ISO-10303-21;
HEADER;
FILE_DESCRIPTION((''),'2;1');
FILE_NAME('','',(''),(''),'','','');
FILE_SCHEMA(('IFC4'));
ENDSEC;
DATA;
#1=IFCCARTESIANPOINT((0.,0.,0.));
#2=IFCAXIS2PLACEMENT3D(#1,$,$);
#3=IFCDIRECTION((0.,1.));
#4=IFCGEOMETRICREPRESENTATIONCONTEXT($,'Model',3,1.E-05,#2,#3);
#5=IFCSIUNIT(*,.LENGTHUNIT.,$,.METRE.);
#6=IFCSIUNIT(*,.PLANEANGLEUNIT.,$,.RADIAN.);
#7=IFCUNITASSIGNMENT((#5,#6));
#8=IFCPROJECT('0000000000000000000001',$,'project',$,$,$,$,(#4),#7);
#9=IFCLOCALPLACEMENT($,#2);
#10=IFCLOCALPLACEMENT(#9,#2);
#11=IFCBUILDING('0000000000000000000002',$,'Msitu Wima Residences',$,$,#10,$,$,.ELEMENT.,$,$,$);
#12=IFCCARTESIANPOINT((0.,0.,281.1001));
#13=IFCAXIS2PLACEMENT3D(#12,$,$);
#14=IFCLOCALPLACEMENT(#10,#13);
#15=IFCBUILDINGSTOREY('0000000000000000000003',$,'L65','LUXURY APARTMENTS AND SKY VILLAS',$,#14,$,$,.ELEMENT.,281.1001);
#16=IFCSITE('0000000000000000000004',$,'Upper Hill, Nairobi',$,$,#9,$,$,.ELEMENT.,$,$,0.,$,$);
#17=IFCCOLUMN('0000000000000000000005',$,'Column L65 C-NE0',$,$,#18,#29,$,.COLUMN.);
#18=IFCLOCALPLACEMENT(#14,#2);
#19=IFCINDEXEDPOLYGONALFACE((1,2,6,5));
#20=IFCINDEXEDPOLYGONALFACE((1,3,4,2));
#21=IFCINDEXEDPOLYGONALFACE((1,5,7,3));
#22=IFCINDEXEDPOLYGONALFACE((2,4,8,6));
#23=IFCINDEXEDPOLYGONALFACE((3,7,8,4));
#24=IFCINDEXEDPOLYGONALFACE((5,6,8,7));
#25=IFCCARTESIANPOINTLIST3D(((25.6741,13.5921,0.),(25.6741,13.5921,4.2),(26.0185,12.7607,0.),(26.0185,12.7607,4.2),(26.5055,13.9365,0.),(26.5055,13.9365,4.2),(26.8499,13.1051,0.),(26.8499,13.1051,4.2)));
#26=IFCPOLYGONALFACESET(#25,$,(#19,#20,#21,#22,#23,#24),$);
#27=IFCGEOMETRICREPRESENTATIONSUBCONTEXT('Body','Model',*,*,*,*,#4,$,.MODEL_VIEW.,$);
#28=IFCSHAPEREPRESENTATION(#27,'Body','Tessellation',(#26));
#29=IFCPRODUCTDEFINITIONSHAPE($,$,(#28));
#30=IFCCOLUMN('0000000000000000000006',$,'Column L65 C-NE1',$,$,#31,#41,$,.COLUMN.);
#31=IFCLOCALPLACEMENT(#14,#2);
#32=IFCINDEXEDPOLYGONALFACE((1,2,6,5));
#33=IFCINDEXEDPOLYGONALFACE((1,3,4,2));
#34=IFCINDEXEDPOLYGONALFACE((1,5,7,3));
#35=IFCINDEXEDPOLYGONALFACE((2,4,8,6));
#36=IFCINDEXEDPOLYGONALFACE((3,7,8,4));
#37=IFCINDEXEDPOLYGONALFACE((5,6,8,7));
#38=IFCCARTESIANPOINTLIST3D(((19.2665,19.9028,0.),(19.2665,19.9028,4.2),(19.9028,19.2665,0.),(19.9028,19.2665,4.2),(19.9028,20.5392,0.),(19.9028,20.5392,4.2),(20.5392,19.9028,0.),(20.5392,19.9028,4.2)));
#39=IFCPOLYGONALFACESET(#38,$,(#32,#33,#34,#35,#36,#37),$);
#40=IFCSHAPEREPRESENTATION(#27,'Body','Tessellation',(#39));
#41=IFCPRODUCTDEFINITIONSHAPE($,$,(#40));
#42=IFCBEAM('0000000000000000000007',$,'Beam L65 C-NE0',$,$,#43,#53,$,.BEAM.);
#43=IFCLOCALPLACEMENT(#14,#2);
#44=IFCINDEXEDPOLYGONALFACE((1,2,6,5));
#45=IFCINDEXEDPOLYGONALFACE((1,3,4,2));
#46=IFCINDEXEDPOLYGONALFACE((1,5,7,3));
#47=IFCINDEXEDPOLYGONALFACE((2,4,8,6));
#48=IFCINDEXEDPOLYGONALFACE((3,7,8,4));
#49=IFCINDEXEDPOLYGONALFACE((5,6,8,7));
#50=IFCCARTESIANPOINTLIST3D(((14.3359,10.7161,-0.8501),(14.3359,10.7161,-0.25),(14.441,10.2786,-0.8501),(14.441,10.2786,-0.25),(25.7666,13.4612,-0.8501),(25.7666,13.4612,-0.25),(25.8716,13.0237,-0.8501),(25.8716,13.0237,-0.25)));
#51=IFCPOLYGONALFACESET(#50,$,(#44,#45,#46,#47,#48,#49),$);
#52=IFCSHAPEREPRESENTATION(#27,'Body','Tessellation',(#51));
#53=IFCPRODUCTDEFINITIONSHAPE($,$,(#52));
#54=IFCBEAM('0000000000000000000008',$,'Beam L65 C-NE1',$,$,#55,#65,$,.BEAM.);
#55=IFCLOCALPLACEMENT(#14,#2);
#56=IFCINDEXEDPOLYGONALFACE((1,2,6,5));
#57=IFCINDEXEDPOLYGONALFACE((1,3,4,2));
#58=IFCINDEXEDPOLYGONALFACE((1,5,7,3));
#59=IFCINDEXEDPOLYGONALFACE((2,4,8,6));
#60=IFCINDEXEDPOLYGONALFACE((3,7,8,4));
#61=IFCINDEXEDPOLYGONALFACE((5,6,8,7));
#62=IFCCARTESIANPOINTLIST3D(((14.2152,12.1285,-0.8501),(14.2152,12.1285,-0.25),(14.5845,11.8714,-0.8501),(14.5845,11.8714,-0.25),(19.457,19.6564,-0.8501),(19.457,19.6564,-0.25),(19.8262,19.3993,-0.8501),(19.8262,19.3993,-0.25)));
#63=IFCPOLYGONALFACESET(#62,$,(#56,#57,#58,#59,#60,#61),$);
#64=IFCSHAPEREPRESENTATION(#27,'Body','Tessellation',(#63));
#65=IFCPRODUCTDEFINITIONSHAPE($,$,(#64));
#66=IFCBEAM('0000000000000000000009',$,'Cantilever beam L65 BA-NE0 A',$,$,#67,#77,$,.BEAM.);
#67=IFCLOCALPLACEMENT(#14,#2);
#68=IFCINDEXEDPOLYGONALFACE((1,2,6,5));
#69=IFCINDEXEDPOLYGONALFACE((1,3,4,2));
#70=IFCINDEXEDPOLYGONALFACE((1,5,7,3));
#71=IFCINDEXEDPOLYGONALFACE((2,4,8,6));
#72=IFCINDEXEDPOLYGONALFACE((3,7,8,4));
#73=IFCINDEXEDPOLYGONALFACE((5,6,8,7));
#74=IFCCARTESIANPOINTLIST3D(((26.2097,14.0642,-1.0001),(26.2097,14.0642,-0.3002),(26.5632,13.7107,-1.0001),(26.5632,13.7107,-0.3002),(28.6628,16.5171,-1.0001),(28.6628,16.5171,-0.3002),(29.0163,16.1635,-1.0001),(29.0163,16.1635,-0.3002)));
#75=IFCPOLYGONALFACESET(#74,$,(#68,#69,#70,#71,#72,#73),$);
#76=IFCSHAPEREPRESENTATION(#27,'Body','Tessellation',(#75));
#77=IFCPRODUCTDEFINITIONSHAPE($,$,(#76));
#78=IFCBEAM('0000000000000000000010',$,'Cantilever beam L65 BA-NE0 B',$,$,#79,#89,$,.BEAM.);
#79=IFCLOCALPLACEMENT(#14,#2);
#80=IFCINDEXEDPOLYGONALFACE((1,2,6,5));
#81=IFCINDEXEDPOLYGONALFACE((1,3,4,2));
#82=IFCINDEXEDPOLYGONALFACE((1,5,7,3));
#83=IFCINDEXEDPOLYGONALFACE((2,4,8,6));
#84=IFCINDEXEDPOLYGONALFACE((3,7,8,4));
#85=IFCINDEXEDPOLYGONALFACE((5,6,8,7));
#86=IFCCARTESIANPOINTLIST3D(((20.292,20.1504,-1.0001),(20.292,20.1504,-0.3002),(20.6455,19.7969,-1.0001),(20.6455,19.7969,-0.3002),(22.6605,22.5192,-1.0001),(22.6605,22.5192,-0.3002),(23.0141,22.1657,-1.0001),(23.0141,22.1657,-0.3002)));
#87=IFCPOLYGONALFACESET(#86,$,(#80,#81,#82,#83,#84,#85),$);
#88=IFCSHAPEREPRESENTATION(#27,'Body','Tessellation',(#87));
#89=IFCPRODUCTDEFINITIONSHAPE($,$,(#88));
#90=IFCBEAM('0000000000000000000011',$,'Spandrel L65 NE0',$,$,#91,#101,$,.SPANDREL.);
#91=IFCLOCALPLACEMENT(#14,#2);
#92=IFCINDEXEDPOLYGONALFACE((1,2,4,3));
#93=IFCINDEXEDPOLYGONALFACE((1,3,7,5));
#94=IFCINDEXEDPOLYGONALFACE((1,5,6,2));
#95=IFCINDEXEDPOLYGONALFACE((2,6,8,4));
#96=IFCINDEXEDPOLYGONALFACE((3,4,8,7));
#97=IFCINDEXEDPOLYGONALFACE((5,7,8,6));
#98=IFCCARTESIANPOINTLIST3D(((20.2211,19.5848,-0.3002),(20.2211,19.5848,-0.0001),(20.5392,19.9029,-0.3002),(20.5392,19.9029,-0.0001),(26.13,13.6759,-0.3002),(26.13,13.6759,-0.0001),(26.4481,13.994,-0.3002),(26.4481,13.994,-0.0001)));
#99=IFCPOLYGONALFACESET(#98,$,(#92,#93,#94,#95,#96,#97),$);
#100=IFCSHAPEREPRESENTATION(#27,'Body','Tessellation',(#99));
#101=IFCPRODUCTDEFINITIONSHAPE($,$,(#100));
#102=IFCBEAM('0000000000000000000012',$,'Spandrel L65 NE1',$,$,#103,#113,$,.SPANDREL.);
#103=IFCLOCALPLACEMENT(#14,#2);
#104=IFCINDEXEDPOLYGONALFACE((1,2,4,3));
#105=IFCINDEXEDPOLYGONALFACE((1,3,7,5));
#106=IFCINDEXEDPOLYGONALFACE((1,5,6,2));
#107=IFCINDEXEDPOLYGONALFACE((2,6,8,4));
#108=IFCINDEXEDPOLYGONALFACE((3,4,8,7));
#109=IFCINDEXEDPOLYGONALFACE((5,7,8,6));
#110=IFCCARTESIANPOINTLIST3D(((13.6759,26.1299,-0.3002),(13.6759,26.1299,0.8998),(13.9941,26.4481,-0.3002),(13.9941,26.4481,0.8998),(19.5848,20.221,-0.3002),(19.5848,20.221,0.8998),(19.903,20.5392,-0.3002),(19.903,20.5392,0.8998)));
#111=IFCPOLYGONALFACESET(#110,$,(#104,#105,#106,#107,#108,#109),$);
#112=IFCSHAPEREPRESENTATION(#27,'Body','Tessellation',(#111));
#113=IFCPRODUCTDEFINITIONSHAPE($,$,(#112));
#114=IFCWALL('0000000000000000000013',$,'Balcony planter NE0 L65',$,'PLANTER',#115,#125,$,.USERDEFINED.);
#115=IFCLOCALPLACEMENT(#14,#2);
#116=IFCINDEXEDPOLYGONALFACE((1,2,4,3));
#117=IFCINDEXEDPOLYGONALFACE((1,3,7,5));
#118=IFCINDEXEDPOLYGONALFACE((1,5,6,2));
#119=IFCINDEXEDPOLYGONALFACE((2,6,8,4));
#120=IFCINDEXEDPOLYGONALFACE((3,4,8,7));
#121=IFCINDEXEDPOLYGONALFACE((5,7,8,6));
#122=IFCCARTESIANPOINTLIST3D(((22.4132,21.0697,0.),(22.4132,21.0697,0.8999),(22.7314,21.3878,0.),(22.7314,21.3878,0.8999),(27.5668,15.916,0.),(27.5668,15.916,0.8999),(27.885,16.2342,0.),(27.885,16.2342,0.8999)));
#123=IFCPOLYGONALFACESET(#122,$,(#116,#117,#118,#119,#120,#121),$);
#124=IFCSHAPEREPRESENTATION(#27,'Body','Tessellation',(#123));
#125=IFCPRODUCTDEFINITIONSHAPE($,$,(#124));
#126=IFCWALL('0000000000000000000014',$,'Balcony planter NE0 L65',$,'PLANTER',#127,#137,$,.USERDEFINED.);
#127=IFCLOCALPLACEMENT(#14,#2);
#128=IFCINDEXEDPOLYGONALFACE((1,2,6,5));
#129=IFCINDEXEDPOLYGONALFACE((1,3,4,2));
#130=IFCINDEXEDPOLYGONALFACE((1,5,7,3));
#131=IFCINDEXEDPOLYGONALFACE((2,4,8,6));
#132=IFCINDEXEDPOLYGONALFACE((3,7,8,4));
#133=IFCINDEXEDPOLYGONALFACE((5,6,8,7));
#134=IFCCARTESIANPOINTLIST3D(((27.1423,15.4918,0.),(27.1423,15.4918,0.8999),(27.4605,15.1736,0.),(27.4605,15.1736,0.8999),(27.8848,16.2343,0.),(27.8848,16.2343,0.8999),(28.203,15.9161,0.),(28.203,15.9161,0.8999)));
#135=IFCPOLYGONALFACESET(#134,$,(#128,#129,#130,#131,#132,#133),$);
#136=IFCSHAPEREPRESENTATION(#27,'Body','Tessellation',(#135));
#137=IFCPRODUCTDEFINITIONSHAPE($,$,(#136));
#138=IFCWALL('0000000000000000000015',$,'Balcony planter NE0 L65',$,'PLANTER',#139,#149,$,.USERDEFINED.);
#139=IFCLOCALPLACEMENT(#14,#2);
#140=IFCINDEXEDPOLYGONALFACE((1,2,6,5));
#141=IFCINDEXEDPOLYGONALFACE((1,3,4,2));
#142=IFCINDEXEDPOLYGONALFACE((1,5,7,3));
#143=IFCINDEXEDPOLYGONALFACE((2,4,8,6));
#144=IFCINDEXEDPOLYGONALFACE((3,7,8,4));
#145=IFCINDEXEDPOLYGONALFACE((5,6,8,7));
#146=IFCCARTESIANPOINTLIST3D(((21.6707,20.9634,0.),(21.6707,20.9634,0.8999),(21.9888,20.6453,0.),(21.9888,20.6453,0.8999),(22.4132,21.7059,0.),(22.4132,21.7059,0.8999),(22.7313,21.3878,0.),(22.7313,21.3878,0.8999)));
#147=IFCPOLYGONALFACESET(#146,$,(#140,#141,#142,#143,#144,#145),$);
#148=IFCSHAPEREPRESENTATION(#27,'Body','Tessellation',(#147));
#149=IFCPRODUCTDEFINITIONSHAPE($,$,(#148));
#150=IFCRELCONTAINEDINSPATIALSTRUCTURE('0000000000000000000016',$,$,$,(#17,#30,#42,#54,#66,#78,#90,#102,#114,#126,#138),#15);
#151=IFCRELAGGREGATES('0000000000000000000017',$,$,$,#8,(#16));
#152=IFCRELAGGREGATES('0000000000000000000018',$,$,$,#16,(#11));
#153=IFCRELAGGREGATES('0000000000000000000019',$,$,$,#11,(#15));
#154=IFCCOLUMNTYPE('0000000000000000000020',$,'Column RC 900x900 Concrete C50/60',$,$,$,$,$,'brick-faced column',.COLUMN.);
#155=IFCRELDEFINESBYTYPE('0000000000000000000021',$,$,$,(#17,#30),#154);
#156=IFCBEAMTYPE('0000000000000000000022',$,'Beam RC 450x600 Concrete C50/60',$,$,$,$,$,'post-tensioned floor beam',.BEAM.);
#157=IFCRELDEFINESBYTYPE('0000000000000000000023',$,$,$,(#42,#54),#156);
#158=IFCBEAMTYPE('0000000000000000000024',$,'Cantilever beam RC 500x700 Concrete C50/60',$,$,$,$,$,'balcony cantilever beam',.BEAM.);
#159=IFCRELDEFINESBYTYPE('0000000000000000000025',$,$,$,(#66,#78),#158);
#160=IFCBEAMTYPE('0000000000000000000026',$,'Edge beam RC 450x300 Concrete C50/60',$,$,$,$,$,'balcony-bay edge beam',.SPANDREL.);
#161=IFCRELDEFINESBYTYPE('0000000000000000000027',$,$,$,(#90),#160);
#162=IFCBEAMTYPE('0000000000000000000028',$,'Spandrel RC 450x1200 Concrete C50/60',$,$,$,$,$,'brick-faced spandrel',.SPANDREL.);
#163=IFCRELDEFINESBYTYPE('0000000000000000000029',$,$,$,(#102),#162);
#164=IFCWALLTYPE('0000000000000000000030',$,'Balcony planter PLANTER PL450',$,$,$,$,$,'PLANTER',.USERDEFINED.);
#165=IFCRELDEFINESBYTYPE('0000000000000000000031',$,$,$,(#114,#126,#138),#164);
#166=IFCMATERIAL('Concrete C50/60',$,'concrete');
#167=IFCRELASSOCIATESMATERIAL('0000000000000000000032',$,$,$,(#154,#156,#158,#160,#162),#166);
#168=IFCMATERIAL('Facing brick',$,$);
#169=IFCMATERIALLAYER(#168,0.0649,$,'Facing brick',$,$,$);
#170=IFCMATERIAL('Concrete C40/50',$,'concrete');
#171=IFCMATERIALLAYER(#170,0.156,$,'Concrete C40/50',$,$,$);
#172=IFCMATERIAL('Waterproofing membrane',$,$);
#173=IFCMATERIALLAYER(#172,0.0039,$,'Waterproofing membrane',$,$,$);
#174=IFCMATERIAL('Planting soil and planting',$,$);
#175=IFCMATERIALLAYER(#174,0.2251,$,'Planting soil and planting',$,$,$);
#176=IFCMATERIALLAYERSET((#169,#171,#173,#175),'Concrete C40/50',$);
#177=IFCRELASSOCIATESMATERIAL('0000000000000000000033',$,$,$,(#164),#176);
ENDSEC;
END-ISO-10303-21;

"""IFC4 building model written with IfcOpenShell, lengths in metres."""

from ifc_helpers import new_model, si_unit, direction, frame, frame_2d, origin, origin_2d, place, context, subcontext, project, spatial, rectangle, extrude, material, layer, layer_set, material_profile, profile_set, type_object, element, save


model = new_model("IFC4")

# Units and contexts
model_context = context("Model", 3, precision=1e-05, world=origin(), true_north=direction((0.0, 1.0)))
body_context = subcontext(model_context, "Body", "Model", "MODEL_VIEW")
ifc_project = project(units=[si_unit("LENGTHUNIT", "METRE"), si_unit("PLANEANGLEUNIT", "RADIAN")], contexts=[model_context])

# Site, building, storey
site_placement = place(None, origin())
site = spatial("IfcSite", under=ifc_project, at=site_placement, Name="Upper Hill, Nairobi", CompositionType="ELEMENT", RefElevation=0.0)
building_placement = place(site_placement, origin())
building = spatial("IfcBuilding", under=site, at=building_placement, Name="Msitu Wima Residences", CompositionType="ELEMENT")
storey_placement = place(building_placement, frame((0.0, 0.0, 281.1001)))
storey = spatial("IfcBuildingStorey", under=building, at=storey_placement, Name="L65", Description="LUXURY APARTMENTS AND SKY VILLAS", CompositionType="ELEMENT", Elevation=281.1001)

# Columns
ifc_material_1 = material(Name="Concrete C50/60", Category="concrete")
ifc_material_profile_1 = material_profile(ifc_material_1, rectangle(XDim=0.8999, YDim=0.8999, at=origin_2d()), Name="RC 900x900")
ifc_profile_set_1 = profile_set([ifc_material_profile_1], Name="Concrete C50/60")
column_type = type_object("IfcColumnType", Name="Column RC 900x900 Concrete C50/60", ElementType="brick-faced column", PredefinedType="COLUMN", material=ifc_profile_set_1)
for number, where, z_axis, x_axis, name in (
    (1, (26.262, 13.3486, 0.0), (0.0, 0.0, 1.0), (-0.382683, 0.92388, 0.0), "Column L65 C-NE0"),
    (2, (19.9028, 19.9028, 0.0), (0.0, 0.0, 1.0), (-0.707107, 0.707107, 0.0), "Column L65 C-NE1"),
):
    element("IfcColumn", number, at=place(storey_placement, frame(where, z_axis=z_axis, x_axis=x_axis)), inside=storey, type_object=column_type, Name=name, PredefinedType="COLUMN", context=body_context, shape_type="SweptSolid", body=[
        extrude(rectangle(XDim=0.8999, YDim=0.8999, at=origin_2d()), origin(), (0.0, 0.0, 1.0), 4.2),
    ])

# Beams
ifc_material_profile_2 = material_profile(ifc_material_1, rectangle(XDim=0.45, YDim=0.6001, at=origin_2d()), Name="RC 450x600")
ifc_profile_set_2 = profile_set([ifc_material_profile_2], Name="Concrete C50/60")
beam_type_1 = type_object("IfcBeamType", Name="Beam RC 450x600 Concrete C50/60", ElementType="post-tensioned floor beam", PredefinedType="BEAM", material=ifc_profile_set_2)
beam_1_placement = place(storey_placement, frame((25.8191, 13.2424, -0.55), z_axis=(-0.972353, -0.233514, 0.0), x_axis=(0.233514, -0.972353, 0.0)))
element("IfcBeam", 3, at=beam_1_placement, inside=storey, type_object=beam_type_1, Name="Beam L65 C-NE0", PredefinedType="BEAM", context=body_context, shape_type="SweptSolid", body=[
    extrude(rectangle(XDim=0.45, YDim=0.6001, at=origin_2d()), origin(), (0.0, 0.0, 1.0), 11.7556),
])
beam_2_placement = place(storey_placement, frame((19.6416, 19.5278, -0.55), z_axis=(-0.571428, -0.820652, 0.0), x_axis=(0.820652, -0.571428, 0.0)))
element("IfcBeam", 4, at=beam_2_placement, inside=storey, type_object=beam_type_1, Name="Beam L65 C-NE1", PredefinedType="BEAM", context=body_context, shape_type="SweptSolid", body=[
    extrude(rectangle(XDim=0.45, YDim=0.6001, at=origin_2d()), origin(), (0.0, 0.0, 1.0), 9.1731),
])
ifc_material_profile_3 = material_profile(ifc_material_1, rectangle(XDim=0.5, YDim=0.7, at=origin_2d()), Name="RC 500x700")
ifc_profile_set_3 = profile_set([ifc_material_profile_3], Name="Concrete C50/60")
beam_type_2 = type_object("IfcBeamType", Name="Cantilever beam RC 500x700 Concrete C50/60", ElementType="balcony cantilever beam", PredefinedType="BEAM", material=ifc_profile_set_3)
beam_3_placement = place(storey_placement, frame((26.3865, 13.8875, -0.6501), z_axis=(0.707142, 0.707072, 0.0), x_axis=(-0.707072, 0.707142, 0.0)))
element("IfcBeam", 5, at=beam_3_placement, inside=storey, type_object=beam_type_2, Name="Cantilever beam L65 BA-NE0 A", PredefinedType="BEAM", context=body_context, shape_type="SweptSolid", body=[
    extrude(rectangle(XDim=0.5, YDim=0.7, at=origin_2d()), origin(), (0.0, 0.0, 1.0), 3.469),
])
beam_4_placement = place(storey_placement, frame((20.4688, 19.9736, -0.6501), z_axis=(0.70707, 0.707143, 0.0), x_axis=(-0.707143, 0.70707, 0.0)))
element("IfcBeam", 6, at=beam_4_placement, inside=storey, type_object=beam_type_2, Name="Cantilever beam L65 BA-NE0 B", PredefinedType="BEAM", context=body_context, shape_type="SweptSolid", body=[
    extrude(rectangle(XDim=0.5, YDim=0.7, at=origin_2d()), origin(), (0.0, 0.0, 1.0), 3.3499),
])
ifc_material_profile_4 = material_profile(ifc_material_1, rectangle(XDim=0.45, YDim=0.3, at=origin_2d()), Name="RC 450x300")
ifc_profile_set_4 = profile_set([ifc_material_profile_4], Name="Concrete C50/60")
beam_type_3 = type_object("IfcBeamType", Name="Edge beam RC 450x300 Concrete C50/60", ElementType="balcony-bay edge beam", PredefinedType="SPANDREL", material=ifc_profile_set_4)
beam_5_placement = place(storey_placement, frame((26.2891, 13.835, -0.1501), z_axis=(-0.707107, 0.707107, 0.0), x_axis=(-0.707107, -0.707107, 0.0)))
element("IfcBeam", 7, at=beam_5_placement, inside=storey, type_object=beam_type_3, Name="Spandrel L65 NE0", PredefinedType="SPANDREL", context=body_context, shape_type="SweptSolid", body=[
    extrude(rectangle(XDim=0.45, YDim=0.3, at=origin_2d()), origin(), (0.0, 0.0, 1.0), 8.3564),
])
ifc_material_profile_5 = material_profile(ifc_material_1, rectangle(XDim=0.45, YDim=1.2, at=origin_2d()), Name="RC 450x1200")
ifc_profile_set_5 = profile_set([ifc_material_profile_5], Name="Concrete C50/60")
beam_type_4 = type_object("IfcBeamType", Name="Spandrel RC 450x1200 Concrete C50/60", ElementType="brick-faced spandrel", PredefinedType="SPANDREL", material=ifc_profile_set_5)
beam_6_placement = place(storey_placement, frame((19.7439, 20.3801, 0.2998), z_axis=(-0.707107, 0.707107, 0.0), x_axis=(-0.707107, -0.707107, 0.0)))
element("IfcBeam", 8, at=beam_6_placement, inside=storey, type_object=beam_type_4, Name="Spandrel L65 NE1", PredefinedType="SPANDREL", context=body_context, shape_type="SweptSolid", body=[
    extrude(rectangle(XDim=0.45, YDim=1.2, at=origin_2d()), origin(), (0.0, 0.0, 1.0), 8.3564),
])

# Walls
ifc_material_2 = material(Name="Facing brick")
ifc_layer_1 = layer(ifc_material_2, 0.0649, Name="Facing brick")
ifc_material_3 = material(Name="Concrete C40/50", Category="concrete")
ifc_layer_2 = layer(ifc_material_3, 0.156, Name="Concrete C40/50")
ifc_material_4 = material(Name="Waterproofing membrane")
ifc_layer_3 = layer(ifc_material_4, 0.0039, Name="Waterproofing membrane")
ifc_material_5 = material(Name="Planting soil and planting")
ifc_layer_4 = layer(ifc_material_5, 0.2251, Name="Planting soil and planting")
ifc_layer_set_1 = layer_set([ifc_layer_1, ifc_layer_2, ifc_layer_3, ifc_layer_4], Name="Concrete C40/50")
wall_type_1 = type_object("IfcWallType", Name="Balcony planter PLANTER PL450", ElementType="PLANTER", PredefinedType="USERDEFINED", material=ifc_layer_set_1)
wall_1_placement = place(storey_placement, frame((27.7258, 16.0752, 0.0), z_axis=(0.0, 0.0, 1.0), x_axis=(-0.707107, 0.707107, 0.0)))
element("IfcWall", 9, at=wall_1_placement, inside=storey, type_object=wall_type_1, Name="Balcony planter NE0 L65", ObjectType="PLANTER", PredefinedType="USERDEFINED", context=body_context, shape_type="SweptSolid", body=[
    extrude(rectangle(XDim=7.2883, YDim=0.45, at=frame_2d((3.644, 0.0))), origin(), (0.0, 0.0, 1.0), 0.8999),
])
for number, where, z_axis, x_axis, name in (
    (10, (27.3015, 15.3328, 0.0), (0.0, 0.0, 1.0), (0.707107, 0.707107, 0.0), "Balcony planter NE0 L65"),
    (11, (21.8298, 20.8044, 0.0), (0.0, 0.0, 1.0), (0.707107, 0.707107, 0.0), "Balcony planter NE0 L65"),
):
    element("IfcWall", number, at=place(storey_placement, frame(where, z_axis=z_axis, x_axis=x_axis)), inside=storey, type_object=wall_type_1, Name=name, ObjectType="PLANTER", PredefinedType="USERDEFINED", context=body_context, shape_type="SweptSolid", body=[
        extrude(rectangle(XDim=1.05, YDim=0.45, at=frame_2d((0.5249, 0.0))), origin(), (0.0, 0.0, 1.0), 0.8999),
    ])

save(model, "model.ifc")
